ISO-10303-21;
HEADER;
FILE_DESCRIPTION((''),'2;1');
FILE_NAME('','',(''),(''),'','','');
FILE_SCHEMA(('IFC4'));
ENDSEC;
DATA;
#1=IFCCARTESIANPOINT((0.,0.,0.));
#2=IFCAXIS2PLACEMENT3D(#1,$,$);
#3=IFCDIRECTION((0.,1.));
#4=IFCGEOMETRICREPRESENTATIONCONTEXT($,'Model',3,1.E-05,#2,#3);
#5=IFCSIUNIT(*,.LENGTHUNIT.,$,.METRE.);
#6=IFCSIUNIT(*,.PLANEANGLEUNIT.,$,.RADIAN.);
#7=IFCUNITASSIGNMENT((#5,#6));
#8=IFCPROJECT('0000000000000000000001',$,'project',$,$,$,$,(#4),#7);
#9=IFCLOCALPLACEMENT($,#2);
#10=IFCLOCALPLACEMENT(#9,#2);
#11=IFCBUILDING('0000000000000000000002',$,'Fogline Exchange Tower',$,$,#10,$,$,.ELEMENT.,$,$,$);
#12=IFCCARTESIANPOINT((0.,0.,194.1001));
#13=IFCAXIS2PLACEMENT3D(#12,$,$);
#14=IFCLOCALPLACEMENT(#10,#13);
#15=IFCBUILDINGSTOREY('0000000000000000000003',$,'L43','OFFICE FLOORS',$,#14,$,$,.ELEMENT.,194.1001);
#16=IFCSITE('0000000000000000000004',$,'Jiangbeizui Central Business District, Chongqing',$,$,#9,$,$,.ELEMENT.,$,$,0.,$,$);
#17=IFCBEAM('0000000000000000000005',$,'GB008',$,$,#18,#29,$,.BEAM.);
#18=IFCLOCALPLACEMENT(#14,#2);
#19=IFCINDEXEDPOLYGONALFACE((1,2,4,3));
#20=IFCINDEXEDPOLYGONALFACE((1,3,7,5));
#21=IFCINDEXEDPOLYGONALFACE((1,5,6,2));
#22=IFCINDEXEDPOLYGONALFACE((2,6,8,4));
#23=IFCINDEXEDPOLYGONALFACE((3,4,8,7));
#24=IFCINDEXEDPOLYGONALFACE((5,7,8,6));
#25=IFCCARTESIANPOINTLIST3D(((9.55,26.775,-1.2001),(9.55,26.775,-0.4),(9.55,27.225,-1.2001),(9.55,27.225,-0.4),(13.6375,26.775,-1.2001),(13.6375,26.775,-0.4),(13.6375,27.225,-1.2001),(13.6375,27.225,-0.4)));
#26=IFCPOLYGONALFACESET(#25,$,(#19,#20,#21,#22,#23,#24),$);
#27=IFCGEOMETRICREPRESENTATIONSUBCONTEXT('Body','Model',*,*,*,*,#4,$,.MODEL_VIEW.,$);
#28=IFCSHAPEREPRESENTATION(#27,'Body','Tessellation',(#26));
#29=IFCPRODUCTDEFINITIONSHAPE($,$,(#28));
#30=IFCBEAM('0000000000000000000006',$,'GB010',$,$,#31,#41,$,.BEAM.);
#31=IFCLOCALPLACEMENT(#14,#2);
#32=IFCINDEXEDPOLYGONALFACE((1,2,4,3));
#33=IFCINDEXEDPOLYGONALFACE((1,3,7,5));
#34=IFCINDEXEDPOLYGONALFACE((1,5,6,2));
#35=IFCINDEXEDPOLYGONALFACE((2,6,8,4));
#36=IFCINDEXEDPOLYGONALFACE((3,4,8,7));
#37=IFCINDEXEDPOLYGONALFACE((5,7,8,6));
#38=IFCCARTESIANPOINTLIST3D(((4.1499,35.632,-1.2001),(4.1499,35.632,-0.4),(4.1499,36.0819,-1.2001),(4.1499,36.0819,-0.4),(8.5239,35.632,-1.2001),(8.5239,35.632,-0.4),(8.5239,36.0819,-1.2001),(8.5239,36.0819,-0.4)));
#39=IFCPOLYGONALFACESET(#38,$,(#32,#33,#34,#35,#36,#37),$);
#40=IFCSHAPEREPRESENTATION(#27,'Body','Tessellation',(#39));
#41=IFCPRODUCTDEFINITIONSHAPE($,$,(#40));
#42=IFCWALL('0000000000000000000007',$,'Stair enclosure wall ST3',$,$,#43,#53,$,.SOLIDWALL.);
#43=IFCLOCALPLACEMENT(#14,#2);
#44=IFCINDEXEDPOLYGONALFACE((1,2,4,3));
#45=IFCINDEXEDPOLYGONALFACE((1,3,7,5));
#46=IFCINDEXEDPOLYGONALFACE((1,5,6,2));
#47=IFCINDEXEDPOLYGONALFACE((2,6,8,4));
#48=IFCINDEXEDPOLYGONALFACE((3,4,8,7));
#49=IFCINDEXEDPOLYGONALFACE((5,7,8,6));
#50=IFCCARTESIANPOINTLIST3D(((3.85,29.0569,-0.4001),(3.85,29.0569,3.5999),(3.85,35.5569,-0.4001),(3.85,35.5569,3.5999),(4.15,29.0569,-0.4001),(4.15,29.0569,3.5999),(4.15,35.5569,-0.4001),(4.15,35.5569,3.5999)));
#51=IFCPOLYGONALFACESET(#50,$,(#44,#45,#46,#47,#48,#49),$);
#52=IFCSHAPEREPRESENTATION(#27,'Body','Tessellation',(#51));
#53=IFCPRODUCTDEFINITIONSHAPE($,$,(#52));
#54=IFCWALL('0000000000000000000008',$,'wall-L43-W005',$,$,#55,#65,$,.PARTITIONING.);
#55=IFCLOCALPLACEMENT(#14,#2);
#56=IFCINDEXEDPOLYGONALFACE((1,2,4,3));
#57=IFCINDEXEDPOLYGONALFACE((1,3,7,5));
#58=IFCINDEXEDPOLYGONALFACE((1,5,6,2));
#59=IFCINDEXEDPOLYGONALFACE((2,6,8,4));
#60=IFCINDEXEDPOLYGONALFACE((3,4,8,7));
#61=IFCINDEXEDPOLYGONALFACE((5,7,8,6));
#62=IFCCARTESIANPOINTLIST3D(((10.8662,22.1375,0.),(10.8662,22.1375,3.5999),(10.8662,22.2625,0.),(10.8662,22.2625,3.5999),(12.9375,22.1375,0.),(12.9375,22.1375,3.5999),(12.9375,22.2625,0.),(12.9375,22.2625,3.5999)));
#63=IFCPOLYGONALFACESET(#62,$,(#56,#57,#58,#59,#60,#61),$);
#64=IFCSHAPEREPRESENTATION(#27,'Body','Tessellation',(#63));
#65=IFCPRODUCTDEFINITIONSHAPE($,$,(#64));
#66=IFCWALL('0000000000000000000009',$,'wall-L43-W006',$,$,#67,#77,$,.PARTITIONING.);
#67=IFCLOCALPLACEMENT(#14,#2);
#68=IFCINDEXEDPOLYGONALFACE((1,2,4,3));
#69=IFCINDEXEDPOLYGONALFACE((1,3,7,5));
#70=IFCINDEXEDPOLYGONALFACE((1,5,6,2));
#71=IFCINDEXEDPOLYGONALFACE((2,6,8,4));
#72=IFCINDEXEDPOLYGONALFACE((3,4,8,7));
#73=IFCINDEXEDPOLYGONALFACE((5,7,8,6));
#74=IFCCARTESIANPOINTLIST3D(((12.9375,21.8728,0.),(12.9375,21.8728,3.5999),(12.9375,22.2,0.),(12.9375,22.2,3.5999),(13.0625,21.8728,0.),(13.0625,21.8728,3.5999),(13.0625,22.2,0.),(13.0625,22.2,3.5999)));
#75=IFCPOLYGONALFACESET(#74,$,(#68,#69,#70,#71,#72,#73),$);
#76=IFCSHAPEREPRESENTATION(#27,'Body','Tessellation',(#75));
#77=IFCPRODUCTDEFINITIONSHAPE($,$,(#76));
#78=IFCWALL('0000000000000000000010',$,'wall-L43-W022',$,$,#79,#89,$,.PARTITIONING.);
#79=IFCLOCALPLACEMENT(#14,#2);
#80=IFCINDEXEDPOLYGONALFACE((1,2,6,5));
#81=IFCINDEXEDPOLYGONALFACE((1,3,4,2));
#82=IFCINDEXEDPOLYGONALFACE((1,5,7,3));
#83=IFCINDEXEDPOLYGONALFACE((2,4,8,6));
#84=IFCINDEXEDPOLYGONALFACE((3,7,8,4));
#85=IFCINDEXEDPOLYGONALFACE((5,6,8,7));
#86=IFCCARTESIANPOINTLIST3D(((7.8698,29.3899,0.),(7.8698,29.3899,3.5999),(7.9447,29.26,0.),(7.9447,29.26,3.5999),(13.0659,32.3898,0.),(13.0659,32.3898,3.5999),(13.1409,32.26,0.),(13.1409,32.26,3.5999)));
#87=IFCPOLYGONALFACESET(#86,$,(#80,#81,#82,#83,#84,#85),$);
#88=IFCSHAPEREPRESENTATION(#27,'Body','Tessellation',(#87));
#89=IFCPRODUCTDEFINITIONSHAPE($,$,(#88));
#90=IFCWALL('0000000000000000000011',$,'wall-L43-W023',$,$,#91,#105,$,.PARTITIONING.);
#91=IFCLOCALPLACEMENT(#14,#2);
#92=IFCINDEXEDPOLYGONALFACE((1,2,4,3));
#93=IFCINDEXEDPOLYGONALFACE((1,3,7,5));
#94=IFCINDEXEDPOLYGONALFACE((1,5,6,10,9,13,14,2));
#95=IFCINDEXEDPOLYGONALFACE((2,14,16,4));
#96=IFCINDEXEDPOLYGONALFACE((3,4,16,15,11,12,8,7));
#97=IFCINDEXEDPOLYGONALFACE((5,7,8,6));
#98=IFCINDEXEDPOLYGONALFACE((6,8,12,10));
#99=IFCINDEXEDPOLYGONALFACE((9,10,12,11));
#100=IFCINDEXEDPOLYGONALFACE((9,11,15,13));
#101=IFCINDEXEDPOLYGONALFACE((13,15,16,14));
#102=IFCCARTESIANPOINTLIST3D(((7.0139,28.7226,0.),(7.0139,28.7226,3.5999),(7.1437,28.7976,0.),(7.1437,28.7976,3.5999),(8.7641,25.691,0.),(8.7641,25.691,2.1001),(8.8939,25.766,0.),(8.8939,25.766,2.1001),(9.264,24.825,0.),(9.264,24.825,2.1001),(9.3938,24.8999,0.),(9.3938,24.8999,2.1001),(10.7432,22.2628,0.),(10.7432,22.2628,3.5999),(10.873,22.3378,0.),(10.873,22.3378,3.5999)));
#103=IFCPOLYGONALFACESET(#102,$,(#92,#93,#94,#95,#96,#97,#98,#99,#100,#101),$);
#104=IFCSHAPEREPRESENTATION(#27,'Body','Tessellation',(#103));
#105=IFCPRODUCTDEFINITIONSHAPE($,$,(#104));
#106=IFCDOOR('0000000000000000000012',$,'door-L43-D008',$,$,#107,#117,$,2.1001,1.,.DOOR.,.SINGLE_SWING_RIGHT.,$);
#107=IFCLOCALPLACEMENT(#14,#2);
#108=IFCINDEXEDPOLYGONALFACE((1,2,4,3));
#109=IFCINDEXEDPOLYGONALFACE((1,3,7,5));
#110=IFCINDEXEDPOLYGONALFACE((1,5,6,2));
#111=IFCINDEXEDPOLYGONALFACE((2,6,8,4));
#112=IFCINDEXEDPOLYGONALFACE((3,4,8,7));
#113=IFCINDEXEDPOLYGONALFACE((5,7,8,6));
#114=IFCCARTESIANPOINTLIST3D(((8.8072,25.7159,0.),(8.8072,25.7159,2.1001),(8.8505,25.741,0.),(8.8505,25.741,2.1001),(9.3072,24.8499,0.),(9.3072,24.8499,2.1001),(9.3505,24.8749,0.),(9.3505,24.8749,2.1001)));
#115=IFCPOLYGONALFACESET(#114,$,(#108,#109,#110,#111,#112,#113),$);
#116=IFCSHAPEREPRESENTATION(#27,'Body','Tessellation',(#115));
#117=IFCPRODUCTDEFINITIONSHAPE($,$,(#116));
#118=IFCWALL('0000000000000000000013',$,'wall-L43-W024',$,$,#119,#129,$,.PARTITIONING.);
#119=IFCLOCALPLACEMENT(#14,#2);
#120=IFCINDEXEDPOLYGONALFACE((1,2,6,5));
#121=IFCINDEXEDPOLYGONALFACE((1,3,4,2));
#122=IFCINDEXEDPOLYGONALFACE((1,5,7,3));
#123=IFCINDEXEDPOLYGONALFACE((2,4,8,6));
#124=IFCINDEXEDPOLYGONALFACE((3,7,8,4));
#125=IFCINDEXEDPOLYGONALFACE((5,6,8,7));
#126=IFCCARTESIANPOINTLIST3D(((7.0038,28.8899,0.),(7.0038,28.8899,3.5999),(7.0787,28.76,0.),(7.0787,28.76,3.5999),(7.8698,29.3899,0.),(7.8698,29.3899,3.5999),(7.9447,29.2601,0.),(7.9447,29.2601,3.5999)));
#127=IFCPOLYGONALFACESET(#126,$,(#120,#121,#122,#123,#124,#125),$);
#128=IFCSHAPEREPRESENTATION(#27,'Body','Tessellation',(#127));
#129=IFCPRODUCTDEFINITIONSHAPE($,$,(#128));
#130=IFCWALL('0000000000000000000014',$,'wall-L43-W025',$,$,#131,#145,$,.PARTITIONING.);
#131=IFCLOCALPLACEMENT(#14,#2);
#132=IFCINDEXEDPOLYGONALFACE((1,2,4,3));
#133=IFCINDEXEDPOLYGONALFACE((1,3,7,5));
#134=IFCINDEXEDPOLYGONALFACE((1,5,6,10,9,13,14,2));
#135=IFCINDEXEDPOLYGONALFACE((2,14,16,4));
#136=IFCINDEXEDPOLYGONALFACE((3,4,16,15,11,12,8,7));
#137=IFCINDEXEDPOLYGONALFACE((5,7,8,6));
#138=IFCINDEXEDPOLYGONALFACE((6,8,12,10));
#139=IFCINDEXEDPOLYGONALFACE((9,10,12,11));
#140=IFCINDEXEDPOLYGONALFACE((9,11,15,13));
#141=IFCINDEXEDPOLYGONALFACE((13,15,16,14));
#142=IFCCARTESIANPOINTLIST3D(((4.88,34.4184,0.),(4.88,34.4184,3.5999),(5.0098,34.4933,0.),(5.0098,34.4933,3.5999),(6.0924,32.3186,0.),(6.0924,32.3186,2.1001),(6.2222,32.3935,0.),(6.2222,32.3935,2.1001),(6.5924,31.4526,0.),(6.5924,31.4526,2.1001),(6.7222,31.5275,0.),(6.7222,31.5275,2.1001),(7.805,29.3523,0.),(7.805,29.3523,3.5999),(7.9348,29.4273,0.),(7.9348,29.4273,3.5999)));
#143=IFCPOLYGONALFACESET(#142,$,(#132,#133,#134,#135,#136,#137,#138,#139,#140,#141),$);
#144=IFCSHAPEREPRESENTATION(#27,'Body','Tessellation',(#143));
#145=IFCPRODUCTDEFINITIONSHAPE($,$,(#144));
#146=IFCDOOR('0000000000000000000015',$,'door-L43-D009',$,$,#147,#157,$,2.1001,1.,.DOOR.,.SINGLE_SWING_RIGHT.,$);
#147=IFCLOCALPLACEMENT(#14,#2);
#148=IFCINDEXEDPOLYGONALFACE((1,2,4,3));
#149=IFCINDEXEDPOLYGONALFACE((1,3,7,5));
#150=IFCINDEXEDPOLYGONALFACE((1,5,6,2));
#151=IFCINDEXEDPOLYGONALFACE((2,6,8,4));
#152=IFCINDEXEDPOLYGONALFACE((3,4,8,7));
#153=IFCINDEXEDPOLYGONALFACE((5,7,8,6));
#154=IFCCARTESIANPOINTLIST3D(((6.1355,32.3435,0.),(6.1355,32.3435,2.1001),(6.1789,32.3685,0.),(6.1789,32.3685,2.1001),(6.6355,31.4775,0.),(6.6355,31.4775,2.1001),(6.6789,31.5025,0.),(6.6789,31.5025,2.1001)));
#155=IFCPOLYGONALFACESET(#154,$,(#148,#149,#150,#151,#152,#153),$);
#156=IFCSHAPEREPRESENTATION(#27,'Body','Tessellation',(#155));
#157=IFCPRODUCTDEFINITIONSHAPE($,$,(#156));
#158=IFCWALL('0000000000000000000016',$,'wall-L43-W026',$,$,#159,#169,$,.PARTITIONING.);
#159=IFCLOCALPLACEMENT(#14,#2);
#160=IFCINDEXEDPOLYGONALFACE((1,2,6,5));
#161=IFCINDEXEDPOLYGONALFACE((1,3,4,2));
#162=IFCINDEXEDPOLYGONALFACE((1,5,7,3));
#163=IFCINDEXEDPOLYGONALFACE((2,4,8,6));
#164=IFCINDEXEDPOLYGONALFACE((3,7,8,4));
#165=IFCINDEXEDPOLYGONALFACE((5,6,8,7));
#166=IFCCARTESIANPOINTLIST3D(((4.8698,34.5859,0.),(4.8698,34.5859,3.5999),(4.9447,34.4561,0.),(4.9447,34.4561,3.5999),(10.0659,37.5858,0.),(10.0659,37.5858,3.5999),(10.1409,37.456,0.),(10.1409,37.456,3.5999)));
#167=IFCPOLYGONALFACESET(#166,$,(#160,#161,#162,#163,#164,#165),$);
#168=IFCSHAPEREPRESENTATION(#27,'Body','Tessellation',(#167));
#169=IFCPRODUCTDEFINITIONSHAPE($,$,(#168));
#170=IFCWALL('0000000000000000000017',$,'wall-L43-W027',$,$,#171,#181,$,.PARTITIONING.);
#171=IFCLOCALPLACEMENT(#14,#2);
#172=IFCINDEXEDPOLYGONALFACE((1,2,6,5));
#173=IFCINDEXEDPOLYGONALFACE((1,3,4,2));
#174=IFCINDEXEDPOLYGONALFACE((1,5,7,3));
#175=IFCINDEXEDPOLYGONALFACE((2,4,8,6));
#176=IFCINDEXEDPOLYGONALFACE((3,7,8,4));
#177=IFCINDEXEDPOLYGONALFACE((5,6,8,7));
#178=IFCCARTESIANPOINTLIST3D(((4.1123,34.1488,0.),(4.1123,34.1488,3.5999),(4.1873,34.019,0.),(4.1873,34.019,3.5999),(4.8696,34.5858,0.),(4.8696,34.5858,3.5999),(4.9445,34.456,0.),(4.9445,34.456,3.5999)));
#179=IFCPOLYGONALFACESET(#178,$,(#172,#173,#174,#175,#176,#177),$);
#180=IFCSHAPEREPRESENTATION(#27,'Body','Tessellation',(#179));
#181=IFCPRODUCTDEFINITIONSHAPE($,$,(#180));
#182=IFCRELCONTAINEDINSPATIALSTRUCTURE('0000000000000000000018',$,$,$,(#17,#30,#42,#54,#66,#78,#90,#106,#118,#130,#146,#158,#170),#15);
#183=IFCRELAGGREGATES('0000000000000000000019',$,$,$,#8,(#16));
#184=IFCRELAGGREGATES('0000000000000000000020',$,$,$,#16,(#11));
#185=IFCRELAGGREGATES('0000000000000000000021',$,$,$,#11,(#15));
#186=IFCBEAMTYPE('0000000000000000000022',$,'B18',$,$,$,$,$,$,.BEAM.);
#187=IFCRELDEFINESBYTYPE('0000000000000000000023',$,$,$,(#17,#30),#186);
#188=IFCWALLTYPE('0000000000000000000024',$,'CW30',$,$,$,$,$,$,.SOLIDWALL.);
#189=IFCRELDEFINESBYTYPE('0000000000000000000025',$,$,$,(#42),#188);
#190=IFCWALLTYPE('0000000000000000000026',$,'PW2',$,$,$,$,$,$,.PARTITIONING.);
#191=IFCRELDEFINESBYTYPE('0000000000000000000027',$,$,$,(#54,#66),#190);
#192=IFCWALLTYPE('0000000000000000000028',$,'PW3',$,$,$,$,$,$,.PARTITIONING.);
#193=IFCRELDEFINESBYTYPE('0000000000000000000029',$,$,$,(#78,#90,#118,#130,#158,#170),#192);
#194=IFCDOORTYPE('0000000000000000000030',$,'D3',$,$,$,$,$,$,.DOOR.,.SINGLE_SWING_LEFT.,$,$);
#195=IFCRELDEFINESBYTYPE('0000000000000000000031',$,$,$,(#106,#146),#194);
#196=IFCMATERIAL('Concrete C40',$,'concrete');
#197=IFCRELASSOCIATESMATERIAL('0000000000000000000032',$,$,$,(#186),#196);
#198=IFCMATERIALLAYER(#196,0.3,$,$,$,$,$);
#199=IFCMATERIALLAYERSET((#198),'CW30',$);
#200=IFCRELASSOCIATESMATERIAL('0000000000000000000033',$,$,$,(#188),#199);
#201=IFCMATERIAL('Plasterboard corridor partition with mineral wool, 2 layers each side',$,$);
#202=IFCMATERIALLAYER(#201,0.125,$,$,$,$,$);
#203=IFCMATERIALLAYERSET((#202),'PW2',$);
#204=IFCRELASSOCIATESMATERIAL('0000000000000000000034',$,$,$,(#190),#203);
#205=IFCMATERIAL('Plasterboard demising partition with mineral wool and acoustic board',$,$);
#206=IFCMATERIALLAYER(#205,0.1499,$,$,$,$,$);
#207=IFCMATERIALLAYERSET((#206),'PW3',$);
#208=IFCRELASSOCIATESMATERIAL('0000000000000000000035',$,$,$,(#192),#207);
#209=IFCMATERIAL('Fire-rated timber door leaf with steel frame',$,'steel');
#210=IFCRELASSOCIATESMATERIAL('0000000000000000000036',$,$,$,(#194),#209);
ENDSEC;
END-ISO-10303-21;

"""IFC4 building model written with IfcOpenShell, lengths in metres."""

from ifc_helpers import new_model, si_unit, direction, frame, frame_2d, origin, origin_2d, place, context, subcontext, project, spatial, rectangle, extrude, material, layer, layer_set, material_profile, profile_set, type_object, element, fill, save


model = new_model("IFC4")

# Units and contexts
model_context = context("Model", 3, precision=1e-05, world=origin(), true_north=direction((0.0, 1.0)))
body_context = subcontext(model_context, "Body", "Model", "MODEL_VIEW")
ifc_project = project(units=[si_unit("LENGTHUNIT", "METRE"), si_unit("PLANEANGLEUNIT", "RADIAN")], contexts=[model_context])

# Site, building, storey
site_placement = place(None, origin())
site = spatial("IfcSite", under=ifc_project, at=site_placement, Name="Jiangbeizui Central Business District, Chongqing", CompositionType="ELEMENT", RefElevation=0.0)
building_placement = place(site_placement, origin())
building = spatial("IfcBuilding", under=site, at=building_placement, Name="Fogline Exchange Tower", CompositionType="ELEMENT")
storey_placement = place(building_placement, frame((0.0, 0.0, 194.1001)))
storey = spatial("IfcBuildingStorey", under=building, at=storey_placement, Name="L43", Description="OFFICE FLOORS", CompositionType="ELEMENT", Elevation=194.1001)

# Beams
ifc_material_1 = material(Name="Concrete C40", Category="concrete")
ifc_material_profile_1 = material_profile(ifc_material_1, rectangle(XDim=0.45, YDim=0.8, at=origin_2d()), Name="RC 450x800")
ifc_profile_set_1 = profile_set([ifc_material_profile_1], Name="Concrete C40")
beam_type_1 = type_object("IfcBeamType", Name="B18", PredefinedType="BEAM", material=ifc_profile_set_1)
beam_1_placement = place(storey_placement, frame((9.55, 27.0, -0.8), z_axis=(1.0, 0.0, 0.0), x_axis=(0.0, 1.0, 0.0)))
element("IfcBeam", 1, at=beam_1_placement, inside=storey, type_object=beam_type_1, Name="GB008", PredefinedType="BEAM", context=body_context, shape_type="SweptSolid", body=[
    extrude(rectangle(XDim=0.45, YDim=0.8, at=origin_2d()), origin(), (0.0, 0.0, 1.0), 4.0874),
])
beam_2_placement = place(storey_placement, frame((4.1499, 35.8569, -0.8), z_axis=(1.0, 0.0, 0.0), x_axis=(0.0, 1.0, 0.0)))
element("IfcBeam", 2, at=beam_2_placement, inside=storey, type_object=beam_type_1, Name="GB010", PredefinedType="BEAM", context=body_context, shape_type="SweptSolid", body=[
    extrude(rectangle(XDim=0.45, YDim=0.8, at=origin_2d()), origin(), (0.0, 0.0, 1.0), 4.374),
])

# Wall
ifc_layer_1 = layer(ifc_material_1, 0.3)
ifc_layer_set_1 = layer_set([ifc_layer_1], Name="CW30")
wall_type_1 = type_object("IfcWallType", Name="CW30", PredefinedType="SOLIDWALL", material=ifc_layer_set_1)
wall_1_placement = place(storey_placement, frame((4.0, 29.0569, -0.4001), z_axis=(0.0, 0.0, 1.0), x_axis=(0.0, 1.0, 0.0)))
element("IfcWall", 3, at=wall_1_placement, inside=storey, type_object=wall_type_1, Name="Stair enclosure wall ST3", PredefinedType="SOLIDWALL", context=body_context, shape_type="SweptSolid", body=[
    extrude(rectangle(XDim=6.5, YDim=0.3, at=frame_2d((3.25, 0.0))), origin(), (0.0, 0.0, 1.0), 4.0),
])

# Walls
ifc_material_2 = material(Name="Plasterboard corridor partition with mineral wool, 2 layers each side")
ifc_layer_2 = layer(ifc_material_2, 0.125)
ifc_layer_set_2 = layer_set([ifc_layer_2], Name="PW2")
wall_type_2 = type_object("IfcWallType", Name="PW2", PredefinedType="PARTITIONING", material=ifc_layer_set_2)
wall_2_placement = place(storey_placement, frame((10.8662, 22.2, 0.0), z_axis=(0.0, 0.0, 1.0), x_axis=(1.0, 0.0, 0.0)))
element("IfcWall", 4, at=wall_2_placement, inside=storey, type_object=wall_type_2, Name="wall-L43-W005", PredefinedType="PARTITIONING", context=body_context, shape_type="SweptSolid", body=[
    extrude(rectangle(XDim=2.0713, YDim=0.125, at=frame_2d((1.0356, 0.0))), origin(), (0.0, 0.0, 1.0), 3.5999),
])
wall_3_placement = place(storey_placement, frame((13.0, 22.2, 0.0), z_axis=(0.0, 0.0, 1.0), x_axis=(0.0, -1.0, 0.0)))
element("IfcWall", 5, at=wall_3_placement, inside=storey, type_object=wall_type_2, Name="wall-L43-W006", PredefinedType="PARTITIONING", context=body_context, shape_type="SweptSolid", body=[
    extrude(rectangle(XDim=0.3271, YDim=0.125, at=frame_2d((0.1636, 0.0))), origin(), (0.0, 0.0, 1.0), 3.5999),
])
ifc_material_3 = material(Name="Plasterboard demising partition with mineral wool and acoustic board")
ifc_layer_3 = layer(ifc_material_3, 0.1499)
ifc_layer_set_3 = layer_set([ifc_layer_3], Name="PW3")
wall_type_3 = type_object("IfcWallType", Name="PW3", PredefinedType="PARTITIONING", material=ifc_layer_set_3)
wall_4_placement = place(storey_placement, frame((7.9072, 29.325, 0.0), z_axis=(0.0, 0.0, 1.0), x_axis=(0.866031, 0.49999, 0.0)))
element("IfcWall", 6, at=wall_4_placement, inside=storey, type_object=wall_type_3, Name="wall-L43-W022", PredefinedType="PARTITIONING", context=body_context, shape_type="SweptSolid", body=[
    extrude(rectangle(XDim=6.0, YDim=0.1499, at=frame_2d((3.0, 0.0))), origin(), (0.0, 0.0, 1.0), 3.5999),
])

# Wall, opening, door
wall_5_placement = place(storey_placement, frame((10.8081, 22.3003, 0.0), z_axis=(0.0, 0.0, 1.0), x_axis=(-0.499973, 0.866041, 0.0)))
wall_5 = element("IfcWall", 7, at=wall_5_placement, inside=storey, type_object=wall_type_3, Name="wall-L43-W023", PredefinedType="PARTITIONING", context=body_context, shape_type="SweptSolid", body=[
    extrude(rectangle(XDim=7.459, YDim=0.1499, at=frame_2d((3.7295, 0.0))), origin(), (0.0, 0.0, 1.0), 3.5999),
])
opening_1_placement = place(wall_5_placement, frame((2.9585, 0.0, 0.0)))
opening_1 = element("IfcOpeningElement", 8, at=opening_1_placement, cuts=wall_5, PredefinedType="OPENING", context=body_context, shape_type="SweptSolid", body=[
    extrude(rectangle(XDim=1.0, YDim=2.1001, at=frame_2d((0.5, 1.05))), frame((0.0, 0.085, 0.0), z_axis=(0.0, -1.0, 0.0), x_axis=(1.0, 0.0, 0.0)), (0.0, 0.0, 1.0), 0.1699),
])
ifc_material_4 = material(Name="Fire-rated timber door leaf with steel frame", Category="steel")
door_type_1 = type_object("IfcDoorType", Name="D3", OperationType="SINGLE_SWING_LEFT", PredefinedType="DOOR", material=ifc_material_4)
door_1_placement = place(opening_1_placement, frame((1.0, 0.0, 0.0), z_axis=(0.0, 0.0, 1.0), x_axis=(-1.0, 0.0, 0.0)))
door_1 = element("IfcDoor", 9, at=door_1_placement, inside=storey, type_object=door_type_1, Name="door-L43-D008", OperationType="SINGLE_SWING_RIGHT", OverallHeight=2.1001, OverallWidth=1.0, PredefinedType="DOOR", context=body_context, shape_type="SweptSolid", body=[
    extrude(rectangle(XDim=1.0, YDim=2.1001, at=frame_2d((0.5, 1.05))), frame((0.0, 0.0249, 0.0), z_axis=(0.0, -1.0, 0.0), x_axis=(1.0, 0.0, 0.0)), (0.0, 0.0, 1.0), 0.05),
])
fill(opening_1, door_1)

# Wall
wall_6_placement = place(storey_placement, frame((7.0413, 28.825, 0.0), z_axis=(0.0, 0.0, 1.0), x_axis=(0.866011, 0.500025, 0.0)))
element("IfcWall", 10, at=wall_6_placement, inside=storey, type_object=wall_type_3, Name="wall-L43-W024", PredefinedType="PARTITIONING", context=body_context, shape_type="SweptSolid", body=[
    extrude(rectangle(XDim=1.0, YDim=0.1499, at=frame_2d((0.5, 0.0))), origin(), (0.0, 0.0, 1.0), 3.5999),
])

# Wall, opening, door
wall_7_placement = place(storey_placement, frame((7.8699, 29.3899, 0.0), z_axis=(0.0, 0.0, 1.0), x_axis=(-0.500013, 0.866018, 0.0)))
wall_7 = element("IfcWall", 11, at=wall_7_placement, inside=storey, type_object=wall_type_3, Name="wall-L43-W025", PredefinedType="PARTITIONING", context=body_context, shape_type="SweptSolid", body=[
    extrude(rectangle(XDim=5.8499, YDim=0.1499, at=frame_2d((2.9248, 0.0))), origin(), (0.0, 0.0, 1.0), 3.5999),
])
opening_2_placement = place(wall_7_placement, frame((2.425, 0.0, 0.0)))
opening_2 = element("IfcOpeningElement", 12, at=opening_2_placement, cuts=wall_7, PredefinedType="OPENING", context=body_context, shape_type="SweptSolid", body=[
    extrude(rectangle(XDim=1.0, YDim=2.1001, at=frame_2d((0.5, 1.05))), frame((0.0, 0.085, 0.0), z_axis=(0.0, -1.0, 0.0), x_axis=(1.0, 0.0, 0.0)), (0.0, 0.0, 1.0), 0.1699),
])
door_2_placement = place(opening_2_placement, frame((1.0, 0.0, 0.0), z_axis=(0.0, 0.0, 1.0), x_axis=(-1.0, 0.0, 0.0)))
door_2 = element("IfcDoor", 13, at=door_2_placement, inside=storey, type_object=door_type_1, Name="door-L43-D009", OperationType="SINGLE_SWING_RIGHT", OverallHeight=2.1001, OverallWidth=1.0, PredefinedType="DOOR", context=body_context, shape_type="SweptSolid", body=[
    extrude(rectangle(XDim=1.0, YDim=2.1001, at=frame_2d((0.5, 1.05))), frame((0.0, 0.0249, 0.0), z_axis=(0.0, -1.0, 0.0), x_axis=(1.0, 0.0, 0.0)), (0.0, 0.0, 1.0), 0.05),
])
fill(opening_2, door_2)

# Walls
wall_8_placement = place(storey_placement, frame((4.9072, 34.521, 0.0), z_axis=(0.0, 0.0, 1.0), x_axis=(0.866031, 0.49999, 0.0)))
element("IfcWall", 14, at=wall_8_placement, inside=storey, type_object=wall_type_3, Name="wall-L43-W026", PredefinedType="PARTITIONING", context=body_context, shape_type="SweptSolid", body=[
    extrude(rectangle(XDim=6.0, YDim=0.1499, at=frame_2d((3.0, 0.0))), origin(), (0.0, 0.0, 1.0), 3.5999),
])
wall_9_placement = place(storey_placement, frame((4.1499, 34.084, 0.0), z_axis=(0.0, 0.0, 1.0), x_axis=(0.866139, 0.499803, 0.0)))
element("IfcWall", 15, at=wall_9_placement, inside=storey, type_object=wall_type_3, Name="wall-L43-W027", PredefinedType="PARTITIONING", context=body_context, shape_type="SweptSolid", body=[
    extrude(rectangle(XDim=0.8743, YDim=0.1499, at=frame_2d((0.437, 0.0))), origin(), (0.0, 0.0, 1.0), 3.5999),
])

save(model, "model.ifc")
